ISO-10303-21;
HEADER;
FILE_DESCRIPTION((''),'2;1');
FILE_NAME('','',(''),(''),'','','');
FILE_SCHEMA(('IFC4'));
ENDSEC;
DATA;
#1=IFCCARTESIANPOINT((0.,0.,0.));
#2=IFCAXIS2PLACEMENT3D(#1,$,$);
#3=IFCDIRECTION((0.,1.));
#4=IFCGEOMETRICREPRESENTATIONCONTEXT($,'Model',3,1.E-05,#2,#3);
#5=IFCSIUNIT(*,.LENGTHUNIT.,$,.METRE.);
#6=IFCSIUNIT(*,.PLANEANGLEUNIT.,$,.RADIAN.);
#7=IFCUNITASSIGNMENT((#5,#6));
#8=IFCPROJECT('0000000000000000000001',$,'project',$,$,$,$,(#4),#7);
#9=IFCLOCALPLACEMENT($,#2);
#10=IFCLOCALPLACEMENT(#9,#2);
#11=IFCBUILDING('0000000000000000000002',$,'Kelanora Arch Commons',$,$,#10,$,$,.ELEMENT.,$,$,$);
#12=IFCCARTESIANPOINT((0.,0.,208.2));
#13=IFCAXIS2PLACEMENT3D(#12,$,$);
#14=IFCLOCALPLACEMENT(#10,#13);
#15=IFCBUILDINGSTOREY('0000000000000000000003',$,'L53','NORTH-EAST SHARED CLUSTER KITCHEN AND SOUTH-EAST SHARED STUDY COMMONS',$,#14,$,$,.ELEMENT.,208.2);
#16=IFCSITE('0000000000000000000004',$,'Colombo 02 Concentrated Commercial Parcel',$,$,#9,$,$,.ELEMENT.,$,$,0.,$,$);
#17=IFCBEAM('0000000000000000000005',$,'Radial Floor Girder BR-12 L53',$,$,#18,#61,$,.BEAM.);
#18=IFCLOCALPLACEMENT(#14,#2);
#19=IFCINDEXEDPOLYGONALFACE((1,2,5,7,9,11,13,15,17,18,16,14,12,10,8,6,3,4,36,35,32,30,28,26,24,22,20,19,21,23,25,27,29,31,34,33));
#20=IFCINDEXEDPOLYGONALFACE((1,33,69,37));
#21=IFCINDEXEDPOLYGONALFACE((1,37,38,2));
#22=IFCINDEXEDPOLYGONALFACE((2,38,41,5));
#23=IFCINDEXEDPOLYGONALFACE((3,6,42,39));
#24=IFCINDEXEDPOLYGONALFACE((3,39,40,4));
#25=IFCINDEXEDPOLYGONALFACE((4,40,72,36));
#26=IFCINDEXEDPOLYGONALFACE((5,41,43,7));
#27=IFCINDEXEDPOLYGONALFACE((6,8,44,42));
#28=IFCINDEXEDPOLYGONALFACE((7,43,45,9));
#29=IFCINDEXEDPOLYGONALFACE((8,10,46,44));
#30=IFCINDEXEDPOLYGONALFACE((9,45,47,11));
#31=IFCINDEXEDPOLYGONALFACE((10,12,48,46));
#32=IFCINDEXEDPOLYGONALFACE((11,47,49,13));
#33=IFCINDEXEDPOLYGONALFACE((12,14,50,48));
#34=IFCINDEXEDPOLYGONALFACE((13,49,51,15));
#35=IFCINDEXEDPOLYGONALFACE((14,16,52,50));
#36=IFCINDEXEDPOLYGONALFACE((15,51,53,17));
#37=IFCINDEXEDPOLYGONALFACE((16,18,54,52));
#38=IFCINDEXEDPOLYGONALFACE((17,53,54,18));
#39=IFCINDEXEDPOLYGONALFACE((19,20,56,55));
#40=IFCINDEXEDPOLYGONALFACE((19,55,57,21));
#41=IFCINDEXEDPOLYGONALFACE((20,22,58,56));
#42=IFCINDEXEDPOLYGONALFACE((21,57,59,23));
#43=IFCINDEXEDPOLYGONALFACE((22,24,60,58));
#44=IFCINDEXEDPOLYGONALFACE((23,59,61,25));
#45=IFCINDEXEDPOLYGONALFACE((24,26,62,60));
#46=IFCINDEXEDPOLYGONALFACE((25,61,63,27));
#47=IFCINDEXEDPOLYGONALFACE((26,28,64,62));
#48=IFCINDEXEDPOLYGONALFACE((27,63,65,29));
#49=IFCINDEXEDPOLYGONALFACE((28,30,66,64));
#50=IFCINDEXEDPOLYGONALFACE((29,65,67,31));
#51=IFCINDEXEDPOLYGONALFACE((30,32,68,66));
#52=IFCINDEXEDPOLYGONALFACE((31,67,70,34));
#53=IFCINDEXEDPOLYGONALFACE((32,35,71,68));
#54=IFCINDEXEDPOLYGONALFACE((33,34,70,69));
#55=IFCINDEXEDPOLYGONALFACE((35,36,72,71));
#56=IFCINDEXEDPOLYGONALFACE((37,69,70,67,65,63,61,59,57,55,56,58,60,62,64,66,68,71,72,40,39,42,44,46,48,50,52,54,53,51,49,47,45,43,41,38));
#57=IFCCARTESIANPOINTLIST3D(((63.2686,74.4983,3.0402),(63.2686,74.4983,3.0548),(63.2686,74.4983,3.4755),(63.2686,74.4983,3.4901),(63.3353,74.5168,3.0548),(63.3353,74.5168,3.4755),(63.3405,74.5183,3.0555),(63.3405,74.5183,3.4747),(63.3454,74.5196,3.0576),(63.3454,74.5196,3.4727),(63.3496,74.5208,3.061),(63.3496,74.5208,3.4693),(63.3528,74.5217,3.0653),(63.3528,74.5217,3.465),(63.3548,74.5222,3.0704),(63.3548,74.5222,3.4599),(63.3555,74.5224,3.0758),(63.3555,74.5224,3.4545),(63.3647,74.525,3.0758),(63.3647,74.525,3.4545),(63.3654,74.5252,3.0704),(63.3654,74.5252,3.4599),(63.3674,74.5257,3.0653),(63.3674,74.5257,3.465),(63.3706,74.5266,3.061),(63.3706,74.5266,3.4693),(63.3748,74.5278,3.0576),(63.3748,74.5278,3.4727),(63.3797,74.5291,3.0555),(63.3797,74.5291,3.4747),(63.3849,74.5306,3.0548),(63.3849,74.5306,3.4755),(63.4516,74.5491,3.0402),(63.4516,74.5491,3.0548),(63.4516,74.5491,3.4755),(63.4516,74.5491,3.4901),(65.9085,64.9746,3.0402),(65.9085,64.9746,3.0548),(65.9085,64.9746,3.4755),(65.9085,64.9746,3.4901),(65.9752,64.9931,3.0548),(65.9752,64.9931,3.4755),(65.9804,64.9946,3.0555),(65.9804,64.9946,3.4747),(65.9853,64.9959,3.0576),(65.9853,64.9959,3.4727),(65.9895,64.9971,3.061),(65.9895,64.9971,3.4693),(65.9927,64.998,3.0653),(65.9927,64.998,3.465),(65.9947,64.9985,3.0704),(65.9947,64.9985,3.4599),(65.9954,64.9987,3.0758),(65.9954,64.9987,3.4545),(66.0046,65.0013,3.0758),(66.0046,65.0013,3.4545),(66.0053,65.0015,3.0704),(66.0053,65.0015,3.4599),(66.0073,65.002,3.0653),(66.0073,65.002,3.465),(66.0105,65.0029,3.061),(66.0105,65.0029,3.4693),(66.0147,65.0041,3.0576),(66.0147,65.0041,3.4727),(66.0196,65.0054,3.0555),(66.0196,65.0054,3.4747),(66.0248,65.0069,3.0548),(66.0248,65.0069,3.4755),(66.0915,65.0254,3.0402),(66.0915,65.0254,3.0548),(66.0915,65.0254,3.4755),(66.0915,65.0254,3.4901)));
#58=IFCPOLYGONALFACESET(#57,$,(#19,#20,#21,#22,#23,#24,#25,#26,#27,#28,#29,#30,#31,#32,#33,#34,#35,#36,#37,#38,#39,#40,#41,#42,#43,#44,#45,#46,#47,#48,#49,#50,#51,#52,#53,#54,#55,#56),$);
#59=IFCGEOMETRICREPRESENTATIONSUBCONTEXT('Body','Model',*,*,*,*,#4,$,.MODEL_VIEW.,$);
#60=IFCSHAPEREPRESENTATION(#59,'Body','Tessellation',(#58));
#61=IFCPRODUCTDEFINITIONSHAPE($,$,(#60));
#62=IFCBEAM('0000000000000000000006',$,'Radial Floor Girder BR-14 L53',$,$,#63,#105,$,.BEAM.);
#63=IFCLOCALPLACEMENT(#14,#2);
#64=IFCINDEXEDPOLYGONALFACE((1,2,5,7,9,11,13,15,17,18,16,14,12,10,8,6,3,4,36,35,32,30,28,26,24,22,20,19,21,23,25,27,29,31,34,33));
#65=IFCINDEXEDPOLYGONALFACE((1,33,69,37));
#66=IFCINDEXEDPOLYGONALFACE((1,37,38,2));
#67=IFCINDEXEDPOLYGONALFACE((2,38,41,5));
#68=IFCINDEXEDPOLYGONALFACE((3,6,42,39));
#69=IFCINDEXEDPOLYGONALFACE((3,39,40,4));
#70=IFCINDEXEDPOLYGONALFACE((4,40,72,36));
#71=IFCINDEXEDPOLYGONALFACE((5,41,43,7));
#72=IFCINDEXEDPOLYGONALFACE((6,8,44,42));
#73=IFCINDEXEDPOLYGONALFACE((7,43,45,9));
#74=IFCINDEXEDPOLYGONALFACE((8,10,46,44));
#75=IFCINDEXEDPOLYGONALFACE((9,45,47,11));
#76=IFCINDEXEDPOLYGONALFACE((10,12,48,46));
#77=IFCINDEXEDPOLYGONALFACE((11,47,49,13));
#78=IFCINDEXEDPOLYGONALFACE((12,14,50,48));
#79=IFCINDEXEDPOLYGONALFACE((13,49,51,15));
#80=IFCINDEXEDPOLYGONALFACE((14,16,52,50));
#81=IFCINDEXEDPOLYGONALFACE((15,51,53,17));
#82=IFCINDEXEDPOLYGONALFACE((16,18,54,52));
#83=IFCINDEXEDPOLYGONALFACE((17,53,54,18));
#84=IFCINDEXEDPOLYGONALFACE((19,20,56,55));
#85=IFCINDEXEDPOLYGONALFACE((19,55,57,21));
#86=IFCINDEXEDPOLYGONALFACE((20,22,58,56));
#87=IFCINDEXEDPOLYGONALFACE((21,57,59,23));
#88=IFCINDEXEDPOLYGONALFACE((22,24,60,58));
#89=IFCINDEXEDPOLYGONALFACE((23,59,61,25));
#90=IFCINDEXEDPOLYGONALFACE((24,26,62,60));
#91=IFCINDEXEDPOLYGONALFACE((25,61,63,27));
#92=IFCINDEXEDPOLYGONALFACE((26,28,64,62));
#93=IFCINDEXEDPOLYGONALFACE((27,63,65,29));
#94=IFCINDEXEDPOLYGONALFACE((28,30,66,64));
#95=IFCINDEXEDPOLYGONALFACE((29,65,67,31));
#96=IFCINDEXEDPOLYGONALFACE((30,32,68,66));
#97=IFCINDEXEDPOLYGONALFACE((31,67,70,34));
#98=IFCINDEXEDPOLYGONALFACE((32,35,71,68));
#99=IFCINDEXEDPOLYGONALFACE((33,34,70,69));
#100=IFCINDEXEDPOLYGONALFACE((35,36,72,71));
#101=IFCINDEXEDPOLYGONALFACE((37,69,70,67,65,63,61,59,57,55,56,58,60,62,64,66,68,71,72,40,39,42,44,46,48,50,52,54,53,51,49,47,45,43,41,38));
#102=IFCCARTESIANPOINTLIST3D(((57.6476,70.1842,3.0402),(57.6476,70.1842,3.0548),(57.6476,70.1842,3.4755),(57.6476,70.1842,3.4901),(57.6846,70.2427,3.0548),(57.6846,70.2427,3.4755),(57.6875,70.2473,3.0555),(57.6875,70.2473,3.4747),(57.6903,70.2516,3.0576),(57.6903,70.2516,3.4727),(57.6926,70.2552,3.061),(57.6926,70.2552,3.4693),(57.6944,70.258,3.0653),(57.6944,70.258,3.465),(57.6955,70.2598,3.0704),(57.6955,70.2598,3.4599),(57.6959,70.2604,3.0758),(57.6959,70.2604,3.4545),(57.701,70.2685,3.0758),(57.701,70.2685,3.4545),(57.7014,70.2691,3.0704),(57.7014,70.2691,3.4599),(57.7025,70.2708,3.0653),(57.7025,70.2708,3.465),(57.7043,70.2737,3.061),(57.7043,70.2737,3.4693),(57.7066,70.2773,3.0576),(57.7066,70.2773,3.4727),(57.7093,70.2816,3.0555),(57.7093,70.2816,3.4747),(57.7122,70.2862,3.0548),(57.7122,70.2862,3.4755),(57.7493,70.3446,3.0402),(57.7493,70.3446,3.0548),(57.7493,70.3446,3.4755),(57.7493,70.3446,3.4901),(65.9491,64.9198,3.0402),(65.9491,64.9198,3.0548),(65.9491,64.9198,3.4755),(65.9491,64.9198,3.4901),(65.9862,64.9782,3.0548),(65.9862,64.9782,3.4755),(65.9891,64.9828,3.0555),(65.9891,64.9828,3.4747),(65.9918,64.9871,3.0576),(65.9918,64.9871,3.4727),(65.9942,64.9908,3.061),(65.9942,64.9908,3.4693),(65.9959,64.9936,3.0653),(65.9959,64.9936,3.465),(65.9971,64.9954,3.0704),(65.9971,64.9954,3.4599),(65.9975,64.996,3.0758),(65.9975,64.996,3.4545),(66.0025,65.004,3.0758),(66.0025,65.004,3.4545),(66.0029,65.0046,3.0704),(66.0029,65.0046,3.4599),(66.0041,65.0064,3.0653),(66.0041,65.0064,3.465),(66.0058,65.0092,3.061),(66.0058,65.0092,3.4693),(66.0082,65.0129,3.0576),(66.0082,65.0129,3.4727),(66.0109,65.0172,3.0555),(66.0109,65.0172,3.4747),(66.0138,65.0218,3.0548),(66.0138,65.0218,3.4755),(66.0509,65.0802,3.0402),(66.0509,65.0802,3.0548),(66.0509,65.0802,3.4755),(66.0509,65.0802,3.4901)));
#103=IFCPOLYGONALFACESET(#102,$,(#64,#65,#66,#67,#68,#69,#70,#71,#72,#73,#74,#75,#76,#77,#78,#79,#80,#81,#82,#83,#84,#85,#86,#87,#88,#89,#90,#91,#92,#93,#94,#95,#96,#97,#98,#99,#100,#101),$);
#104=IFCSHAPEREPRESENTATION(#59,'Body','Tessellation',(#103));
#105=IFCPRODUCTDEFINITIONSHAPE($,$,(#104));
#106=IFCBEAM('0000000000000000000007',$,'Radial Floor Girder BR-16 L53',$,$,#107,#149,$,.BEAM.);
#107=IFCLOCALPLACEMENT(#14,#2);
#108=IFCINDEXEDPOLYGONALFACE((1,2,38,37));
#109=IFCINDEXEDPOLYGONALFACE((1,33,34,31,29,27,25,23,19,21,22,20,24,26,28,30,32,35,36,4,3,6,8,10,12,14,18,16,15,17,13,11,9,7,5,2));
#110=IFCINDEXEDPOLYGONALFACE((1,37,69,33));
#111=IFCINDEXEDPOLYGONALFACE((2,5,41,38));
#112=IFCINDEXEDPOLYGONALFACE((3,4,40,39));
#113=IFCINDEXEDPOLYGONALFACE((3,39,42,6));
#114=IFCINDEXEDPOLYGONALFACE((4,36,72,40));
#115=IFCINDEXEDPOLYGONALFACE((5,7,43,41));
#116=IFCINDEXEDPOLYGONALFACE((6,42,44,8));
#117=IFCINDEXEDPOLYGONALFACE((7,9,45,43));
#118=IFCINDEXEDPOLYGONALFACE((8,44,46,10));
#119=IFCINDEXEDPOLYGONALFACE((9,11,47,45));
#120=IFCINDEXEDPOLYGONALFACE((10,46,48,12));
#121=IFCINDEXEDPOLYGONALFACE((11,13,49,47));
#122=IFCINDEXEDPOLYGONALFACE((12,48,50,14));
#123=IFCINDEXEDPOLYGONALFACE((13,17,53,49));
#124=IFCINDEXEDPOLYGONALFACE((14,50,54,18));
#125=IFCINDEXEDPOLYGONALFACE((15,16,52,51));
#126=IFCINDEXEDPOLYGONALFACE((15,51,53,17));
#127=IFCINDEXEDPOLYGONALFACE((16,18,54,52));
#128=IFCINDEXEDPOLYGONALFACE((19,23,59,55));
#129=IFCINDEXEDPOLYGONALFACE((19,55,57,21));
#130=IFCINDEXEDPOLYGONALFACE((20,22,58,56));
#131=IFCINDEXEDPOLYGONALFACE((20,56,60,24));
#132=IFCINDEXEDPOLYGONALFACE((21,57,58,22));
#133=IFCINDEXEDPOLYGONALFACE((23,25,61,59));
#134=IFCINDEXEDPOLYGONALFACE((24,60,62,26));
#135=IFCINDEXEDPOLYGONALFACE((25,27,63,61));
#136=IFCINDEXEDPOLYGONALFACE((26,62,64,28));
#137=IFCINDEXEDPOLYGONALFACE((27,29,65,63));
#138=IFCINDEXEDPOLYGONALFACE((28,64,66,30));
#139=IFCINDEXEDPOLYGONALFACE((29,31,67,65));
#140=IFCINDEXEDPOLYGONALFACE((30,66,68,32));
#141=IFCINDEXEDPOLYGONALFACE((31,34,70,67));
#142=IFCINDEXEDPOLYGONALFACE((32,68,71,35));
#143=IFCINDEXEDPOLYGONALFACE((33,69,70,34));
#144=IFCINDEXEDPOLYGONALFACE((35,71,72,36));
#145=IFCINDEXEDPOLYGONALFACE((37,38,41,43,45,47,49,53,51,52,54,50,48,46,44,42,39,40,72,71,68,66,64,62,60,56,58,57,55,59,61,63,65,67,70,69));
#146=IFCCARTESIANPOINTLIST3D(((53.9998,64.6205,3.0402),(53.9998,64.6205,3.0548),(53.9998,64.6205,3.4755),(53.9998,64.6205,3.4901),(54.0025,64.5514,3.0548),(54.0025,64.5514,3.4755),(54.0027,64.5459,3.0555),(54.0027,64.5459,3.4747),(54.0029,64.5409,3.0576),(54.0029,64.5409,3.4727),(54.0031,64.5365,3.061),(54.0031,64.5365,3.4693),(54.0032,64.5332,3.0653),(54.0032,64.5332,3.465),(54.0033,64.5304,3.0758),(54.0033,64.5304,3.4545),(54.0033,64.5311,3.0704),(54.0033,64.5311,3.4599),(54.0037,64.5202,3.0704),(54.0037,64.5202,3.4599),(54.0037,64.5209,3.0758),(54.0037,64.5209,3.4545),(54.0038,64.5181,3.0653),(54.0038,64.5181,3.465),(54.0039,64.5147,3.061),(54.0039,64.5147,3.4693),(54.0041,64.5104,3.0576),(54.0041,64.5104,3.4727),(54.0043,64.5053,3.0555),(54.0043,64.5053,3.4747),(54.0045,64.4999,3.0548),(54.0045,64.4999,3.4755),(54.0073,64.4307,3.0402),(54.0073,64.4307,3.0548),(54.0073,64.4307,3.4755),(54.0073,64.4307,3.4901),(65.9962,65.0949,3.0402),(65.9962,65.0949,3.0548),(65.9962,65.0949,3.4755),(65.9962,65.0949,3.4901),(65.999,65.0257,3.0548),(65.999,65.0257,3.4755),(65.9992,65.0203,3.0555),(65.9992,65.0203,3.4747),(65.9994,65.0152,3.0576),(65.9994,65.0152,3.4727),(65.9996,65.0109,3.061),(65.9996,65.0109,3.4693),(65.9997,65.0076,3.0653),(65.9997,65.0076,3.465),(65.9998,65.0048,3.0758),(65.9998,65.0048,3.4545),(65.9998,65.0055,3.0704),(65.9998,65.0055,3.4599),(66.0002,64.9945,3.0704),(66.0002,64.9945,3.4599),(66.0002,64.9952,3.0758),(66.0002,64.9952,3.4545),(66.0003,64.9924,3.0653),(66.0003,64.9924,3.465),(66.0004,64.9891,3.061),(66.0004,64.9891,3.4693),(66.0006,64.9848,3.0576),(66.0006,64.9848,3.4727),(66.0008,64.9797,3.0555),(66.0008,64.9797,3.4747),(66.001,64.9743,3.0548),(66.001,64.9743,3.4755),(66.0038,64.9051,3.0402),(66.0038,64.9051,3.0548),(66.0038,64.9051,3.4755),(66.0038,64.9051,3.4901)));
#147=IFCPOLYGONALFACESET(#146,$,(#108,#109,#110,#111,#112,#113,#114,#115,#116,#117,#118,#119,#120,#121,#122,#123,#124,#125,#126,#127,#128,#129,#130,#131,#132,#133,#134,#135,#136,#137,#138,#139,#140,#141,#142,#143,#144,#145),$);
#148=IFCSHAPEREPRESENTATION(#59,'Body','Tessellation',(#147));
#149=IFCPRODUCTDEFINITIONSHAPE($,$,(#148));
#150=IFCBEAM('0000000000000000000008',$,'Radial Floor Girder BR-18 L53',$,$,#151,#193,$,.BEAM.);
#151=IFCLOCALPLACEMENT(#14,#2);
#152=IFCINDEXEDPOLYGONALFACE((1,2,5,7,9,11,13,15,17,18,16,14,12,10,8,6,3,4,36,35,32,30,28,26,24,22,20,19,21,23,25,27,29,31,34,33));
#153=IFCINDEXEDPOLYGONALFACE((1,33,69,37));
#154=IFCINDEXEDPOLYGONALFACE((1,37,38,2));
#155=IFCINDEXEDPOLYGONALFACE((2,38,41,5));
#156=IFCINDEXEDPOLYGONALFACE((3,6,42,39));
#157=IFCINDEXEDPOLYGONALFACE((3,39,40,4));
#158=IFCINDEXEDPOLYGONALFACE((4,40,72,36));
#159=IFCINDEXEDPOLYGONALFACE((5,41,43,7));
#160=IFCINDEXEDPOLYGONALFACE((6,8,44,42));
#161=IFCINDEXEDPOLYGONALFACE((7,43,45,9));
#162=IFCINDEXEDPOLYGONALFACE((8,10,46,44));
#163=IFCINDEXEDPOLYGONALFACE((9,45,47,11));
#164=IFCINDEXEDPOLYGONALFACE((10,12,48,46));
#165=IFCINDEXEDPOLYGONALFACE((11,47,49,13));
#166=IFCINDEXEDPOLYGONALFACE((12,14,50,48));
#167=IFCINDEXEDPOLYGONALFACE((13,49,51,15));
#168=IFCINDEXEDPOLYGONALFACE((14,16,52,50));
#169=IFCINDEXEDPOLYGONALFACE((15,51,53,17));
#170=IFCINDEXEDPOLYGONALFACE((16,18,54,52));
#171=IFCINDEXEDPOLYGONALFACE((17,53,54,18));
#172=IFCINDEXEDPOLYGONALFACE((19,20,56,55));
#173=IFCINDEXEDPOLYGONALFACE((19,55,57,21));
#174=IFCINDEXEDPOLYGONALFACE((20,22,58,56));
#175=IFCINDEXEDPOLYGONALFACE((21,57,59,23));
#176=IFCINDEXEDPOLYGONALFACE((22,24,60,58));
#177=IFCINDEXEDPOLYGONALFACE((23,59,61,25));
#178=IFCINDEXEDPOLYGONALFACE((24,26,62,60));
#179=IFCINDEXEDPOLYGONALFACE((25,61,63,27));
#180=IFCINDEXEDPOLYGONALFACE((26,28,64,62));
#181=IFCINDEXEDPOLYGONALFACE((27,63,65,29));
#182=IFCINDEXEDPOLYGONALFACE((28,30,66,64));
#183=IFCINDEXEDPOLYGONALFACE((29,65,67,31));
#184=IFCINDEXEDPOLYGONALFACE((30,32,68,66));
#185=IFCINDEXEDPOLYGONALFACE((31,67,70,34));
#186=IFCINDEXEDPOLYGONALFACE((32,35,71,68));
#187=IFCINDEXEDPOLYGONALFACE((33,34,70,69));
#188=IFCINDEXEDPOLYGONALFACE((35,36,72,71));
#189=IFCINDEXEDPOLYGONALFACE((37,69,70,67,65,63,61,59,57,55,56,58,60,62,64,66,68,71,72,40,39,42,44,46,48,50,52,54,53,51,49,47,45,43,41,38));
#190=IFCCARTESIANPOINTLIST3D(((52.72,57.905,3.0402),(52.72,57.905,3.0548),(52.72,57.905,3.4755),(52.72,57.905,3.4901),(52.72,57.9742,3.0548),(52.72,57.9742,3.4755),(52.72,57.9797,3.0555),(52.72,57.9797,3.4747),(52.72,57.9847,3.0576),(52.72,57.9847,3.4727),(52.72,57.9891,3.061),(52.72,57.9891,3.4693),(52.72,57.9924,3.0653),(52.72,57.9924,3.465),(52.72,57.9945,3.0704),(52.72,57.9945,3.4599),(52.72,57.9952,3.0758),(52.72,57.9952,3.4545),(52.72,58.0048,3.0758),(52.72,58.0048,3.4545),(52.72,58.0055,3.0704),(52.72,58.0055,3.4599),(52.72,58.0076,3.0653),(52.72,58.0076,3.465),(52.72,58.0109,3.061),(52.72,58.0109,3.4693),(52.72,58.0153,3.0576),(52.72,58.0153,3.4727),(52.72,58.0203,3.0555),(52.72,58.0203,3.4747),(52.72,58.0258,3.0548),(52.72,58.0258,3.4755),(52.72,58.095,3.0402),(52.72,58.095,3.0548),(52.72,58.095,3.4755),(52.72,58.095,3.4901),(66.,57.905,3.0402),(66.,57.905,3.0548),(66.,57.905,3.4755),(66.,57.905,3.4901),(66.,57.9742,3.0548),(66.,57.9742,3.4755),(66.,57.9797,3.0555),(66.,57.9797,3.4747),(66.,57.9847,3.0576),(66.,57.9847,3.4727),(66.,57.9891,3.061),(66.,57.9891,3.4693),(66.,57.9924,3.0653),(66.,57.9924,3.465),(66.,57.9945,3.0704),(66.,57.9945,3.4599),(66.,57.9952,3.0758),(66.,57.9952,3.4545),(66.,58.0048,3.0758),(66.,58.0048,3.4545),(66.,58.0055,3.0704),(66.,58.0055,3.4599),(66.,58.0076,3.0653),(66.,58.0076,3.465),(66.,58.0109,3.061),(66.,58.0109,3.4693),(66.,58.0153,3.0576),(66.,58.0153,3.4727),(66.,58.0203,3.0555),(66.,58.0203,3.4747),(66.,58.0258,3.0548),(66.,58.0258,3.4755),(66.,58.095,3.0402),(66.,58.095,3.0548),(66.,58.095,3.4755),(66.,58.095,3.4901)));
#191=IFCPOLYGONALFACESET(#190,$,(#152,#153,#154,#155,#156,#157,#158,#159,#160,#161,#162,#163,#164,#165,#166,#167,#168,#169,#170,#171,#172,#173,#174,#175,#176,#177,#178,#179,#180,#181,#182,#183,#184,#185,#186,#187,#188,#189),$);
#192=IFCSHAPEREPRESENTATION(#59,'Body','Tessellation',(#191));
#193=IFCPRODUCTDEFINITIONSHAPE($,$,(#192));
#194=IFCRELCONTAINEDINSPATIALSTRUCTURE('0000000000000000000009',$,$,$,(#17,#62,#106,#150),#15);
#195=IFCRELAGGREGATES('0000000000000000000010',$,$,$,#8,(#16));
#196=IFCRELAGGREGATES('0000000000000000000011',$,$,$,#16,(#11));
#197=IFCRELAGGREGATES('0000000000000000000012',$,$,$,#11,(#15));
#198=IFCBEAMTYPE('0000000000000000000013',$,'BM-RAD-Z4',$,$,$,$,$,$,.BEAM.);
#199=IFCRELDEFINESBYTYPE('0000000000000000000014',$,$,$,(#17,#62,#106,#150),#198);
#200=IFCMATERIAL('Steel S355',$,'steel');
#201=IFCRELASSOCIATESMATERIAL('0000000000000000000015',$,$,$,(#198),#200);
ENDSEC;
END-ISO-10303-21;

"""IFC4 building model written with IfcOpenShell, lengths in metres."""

from ifc_helpers import new_model, si_unit, direction, frame, origin, origin_2d, place, context, subcontext, project, spatial, i_section, extrude, material, material_profile, profile_set, type_object, element, save


model = new_model("IFC4")

# Units and contexts
model_context = context("Model", 3, precision=1e-05, world=origin(), true_north=direction((0.0, 1.0)))
body_context = subcontext(model_context, "Body", "Model", "MODEL_VIEW")
ifc_project = project(units=[si_unit("LENGTHUNIT", "METRE"), si_unit("PLANEANGLEUNIT", "RADIAN")], contexts=[model_context])

# Site, building, storey
site_placement = place(None, origin())
site = spatial("IfcSite", under=ifc_project, at=site_placement, Name="Colombo 02 Concentrated Commercial Parcel", CompositionType="ELEMENT", RefElevation=0.0)
building_placement = place(site_placement, origin())
building = spatial("IfcBuilding", under=site, at=building_placement, Name="Kelanora Arch Commons", CompositionType="ELEMENT")
storey_placement = place(building_placement, frame((0.0, 0.0, 208.2)))
storey = spatial("IfcBuildingStorey", under=building, at=storey_placement, Name="L53", Description="NORTH-EAST SHARED CLUSTER KITCHEN AND SOUTH-EAST SHARED STUDY COMMONS", CompositionType="ELEMENT", Elevation=208.2)

# Beams
ifc_material_1 = material(Name="Steel S355", Category="steel")
ifc_material_profile_1 = material_profile(ifc_material_1, i_section(OverallWidth=0.1899, OverallDepth=0.45, WebThickness=0.0095, FlangeThickness=0.0146, FilletRadius=0.021, at=origin_2d()), Name="IPE450")
ifc_profile_set_1 = profile_set([ifc_material_profile_1], Name="Steel S355")
beam_type_1 = type_object("IfcBeamType", Name="BM-RAD-Z4", PredefinedType="BEAM", material=ifc_profile_set_1)
beam_1_placement = place(storey_placement, frame((66.0, 65.0, 3.2651), z_axis=(-0.26712, 0.963663, 0.0), x_axis=(-0.963663, -0.26712, 0.0)))
element("IfcBeam", 1, at=beam_1_placement, inside=storey, type_object=beam_type_1, Name="Radial Floor Girder BR-12 L53", PredefinedType="BEAM", context=body_context, shape_type="SweptSolid", body=[
    extrude(i_section(OverallWidth=0.1899, OverallDepth=0.45, WebThickness=0.0095, FlangeThickness=0.0146, FilletRadius=0.021, at=origin_2d()), origin(), (0.0, 0.0, 1.0), 9.8828),
])
beam_2_placement = place(storey_placement, frame((66.0, 65.0, 3.2651), z_axis=(-0.844507, 0.535544, 0.0), x_axis=(-0.535544, -0.844507, 0.0)))
element("IfcBeam", 2, at=beam_2_placement, inside=storey, type_object=beam_type_1, Name="Radial Floor Girder BR-14 L53", PredefinedType="BEAM", context=body_context, shape_type="SweptSolid", body=[
    extrude(i_section(OverallWidth=0.1899, OverallDepth=0.45, WebThickness=0.0095, FlangeThickness=0.0146, FilletRadius=0.021, at=origin_2d()), origin(), (0.0, 0.0, 1.0), 9.8301),
])
beam_3_placement = place(storey_placement, frame((66.0, 65.0, 3.2651), z_axis=(-0.999219, -0.039511, 0.0), x_axis=(0.039511, -0.999219, 0.0)))
element("IfcBeam", 3, at=beam_3_placement, inside=storey, type_object=beam_type_1, Name="Radial Floor Girder BR-16 L53", PredefinedType="BEAM", context=body_context, shape_type="SweptSolid", body=[
    extrude(i_section(OverallWidth=0.1899, OverallDepth=0.45, WebThickness=0.0095, FlangeThickness=0.0146, FilletRadius=0.021, at=origin_2d()), origin(), (0.0, 0.0, 1.0), 12.0059),
])
beam_4_placement = place(storey_placement, frame((66.0, 58.0, 3.2651), z_axis=(-1.0, 0.0, 0.0), x_axis=(0.0, -1.0, 0.0)))
element("IfcBeam", 4, at=beam_4_placement, inside=storey, type_object=beam_type_1, Name="Radial Floor Girder BR-18 L53", PredefinedType="BEAM", context=body_context, shape_type="SweptSolid", body=[
    extrude(i_section(OverallWidth=0.1899, OverallDepth=0.45, WebThickness=0.0095, FlangeThickness=0.0146, FilletRadius=0.021, at=origin_2d()), origin(), (0.0, 0.0, 1.0), 13.28),
])

save(model, "model.ifc")
